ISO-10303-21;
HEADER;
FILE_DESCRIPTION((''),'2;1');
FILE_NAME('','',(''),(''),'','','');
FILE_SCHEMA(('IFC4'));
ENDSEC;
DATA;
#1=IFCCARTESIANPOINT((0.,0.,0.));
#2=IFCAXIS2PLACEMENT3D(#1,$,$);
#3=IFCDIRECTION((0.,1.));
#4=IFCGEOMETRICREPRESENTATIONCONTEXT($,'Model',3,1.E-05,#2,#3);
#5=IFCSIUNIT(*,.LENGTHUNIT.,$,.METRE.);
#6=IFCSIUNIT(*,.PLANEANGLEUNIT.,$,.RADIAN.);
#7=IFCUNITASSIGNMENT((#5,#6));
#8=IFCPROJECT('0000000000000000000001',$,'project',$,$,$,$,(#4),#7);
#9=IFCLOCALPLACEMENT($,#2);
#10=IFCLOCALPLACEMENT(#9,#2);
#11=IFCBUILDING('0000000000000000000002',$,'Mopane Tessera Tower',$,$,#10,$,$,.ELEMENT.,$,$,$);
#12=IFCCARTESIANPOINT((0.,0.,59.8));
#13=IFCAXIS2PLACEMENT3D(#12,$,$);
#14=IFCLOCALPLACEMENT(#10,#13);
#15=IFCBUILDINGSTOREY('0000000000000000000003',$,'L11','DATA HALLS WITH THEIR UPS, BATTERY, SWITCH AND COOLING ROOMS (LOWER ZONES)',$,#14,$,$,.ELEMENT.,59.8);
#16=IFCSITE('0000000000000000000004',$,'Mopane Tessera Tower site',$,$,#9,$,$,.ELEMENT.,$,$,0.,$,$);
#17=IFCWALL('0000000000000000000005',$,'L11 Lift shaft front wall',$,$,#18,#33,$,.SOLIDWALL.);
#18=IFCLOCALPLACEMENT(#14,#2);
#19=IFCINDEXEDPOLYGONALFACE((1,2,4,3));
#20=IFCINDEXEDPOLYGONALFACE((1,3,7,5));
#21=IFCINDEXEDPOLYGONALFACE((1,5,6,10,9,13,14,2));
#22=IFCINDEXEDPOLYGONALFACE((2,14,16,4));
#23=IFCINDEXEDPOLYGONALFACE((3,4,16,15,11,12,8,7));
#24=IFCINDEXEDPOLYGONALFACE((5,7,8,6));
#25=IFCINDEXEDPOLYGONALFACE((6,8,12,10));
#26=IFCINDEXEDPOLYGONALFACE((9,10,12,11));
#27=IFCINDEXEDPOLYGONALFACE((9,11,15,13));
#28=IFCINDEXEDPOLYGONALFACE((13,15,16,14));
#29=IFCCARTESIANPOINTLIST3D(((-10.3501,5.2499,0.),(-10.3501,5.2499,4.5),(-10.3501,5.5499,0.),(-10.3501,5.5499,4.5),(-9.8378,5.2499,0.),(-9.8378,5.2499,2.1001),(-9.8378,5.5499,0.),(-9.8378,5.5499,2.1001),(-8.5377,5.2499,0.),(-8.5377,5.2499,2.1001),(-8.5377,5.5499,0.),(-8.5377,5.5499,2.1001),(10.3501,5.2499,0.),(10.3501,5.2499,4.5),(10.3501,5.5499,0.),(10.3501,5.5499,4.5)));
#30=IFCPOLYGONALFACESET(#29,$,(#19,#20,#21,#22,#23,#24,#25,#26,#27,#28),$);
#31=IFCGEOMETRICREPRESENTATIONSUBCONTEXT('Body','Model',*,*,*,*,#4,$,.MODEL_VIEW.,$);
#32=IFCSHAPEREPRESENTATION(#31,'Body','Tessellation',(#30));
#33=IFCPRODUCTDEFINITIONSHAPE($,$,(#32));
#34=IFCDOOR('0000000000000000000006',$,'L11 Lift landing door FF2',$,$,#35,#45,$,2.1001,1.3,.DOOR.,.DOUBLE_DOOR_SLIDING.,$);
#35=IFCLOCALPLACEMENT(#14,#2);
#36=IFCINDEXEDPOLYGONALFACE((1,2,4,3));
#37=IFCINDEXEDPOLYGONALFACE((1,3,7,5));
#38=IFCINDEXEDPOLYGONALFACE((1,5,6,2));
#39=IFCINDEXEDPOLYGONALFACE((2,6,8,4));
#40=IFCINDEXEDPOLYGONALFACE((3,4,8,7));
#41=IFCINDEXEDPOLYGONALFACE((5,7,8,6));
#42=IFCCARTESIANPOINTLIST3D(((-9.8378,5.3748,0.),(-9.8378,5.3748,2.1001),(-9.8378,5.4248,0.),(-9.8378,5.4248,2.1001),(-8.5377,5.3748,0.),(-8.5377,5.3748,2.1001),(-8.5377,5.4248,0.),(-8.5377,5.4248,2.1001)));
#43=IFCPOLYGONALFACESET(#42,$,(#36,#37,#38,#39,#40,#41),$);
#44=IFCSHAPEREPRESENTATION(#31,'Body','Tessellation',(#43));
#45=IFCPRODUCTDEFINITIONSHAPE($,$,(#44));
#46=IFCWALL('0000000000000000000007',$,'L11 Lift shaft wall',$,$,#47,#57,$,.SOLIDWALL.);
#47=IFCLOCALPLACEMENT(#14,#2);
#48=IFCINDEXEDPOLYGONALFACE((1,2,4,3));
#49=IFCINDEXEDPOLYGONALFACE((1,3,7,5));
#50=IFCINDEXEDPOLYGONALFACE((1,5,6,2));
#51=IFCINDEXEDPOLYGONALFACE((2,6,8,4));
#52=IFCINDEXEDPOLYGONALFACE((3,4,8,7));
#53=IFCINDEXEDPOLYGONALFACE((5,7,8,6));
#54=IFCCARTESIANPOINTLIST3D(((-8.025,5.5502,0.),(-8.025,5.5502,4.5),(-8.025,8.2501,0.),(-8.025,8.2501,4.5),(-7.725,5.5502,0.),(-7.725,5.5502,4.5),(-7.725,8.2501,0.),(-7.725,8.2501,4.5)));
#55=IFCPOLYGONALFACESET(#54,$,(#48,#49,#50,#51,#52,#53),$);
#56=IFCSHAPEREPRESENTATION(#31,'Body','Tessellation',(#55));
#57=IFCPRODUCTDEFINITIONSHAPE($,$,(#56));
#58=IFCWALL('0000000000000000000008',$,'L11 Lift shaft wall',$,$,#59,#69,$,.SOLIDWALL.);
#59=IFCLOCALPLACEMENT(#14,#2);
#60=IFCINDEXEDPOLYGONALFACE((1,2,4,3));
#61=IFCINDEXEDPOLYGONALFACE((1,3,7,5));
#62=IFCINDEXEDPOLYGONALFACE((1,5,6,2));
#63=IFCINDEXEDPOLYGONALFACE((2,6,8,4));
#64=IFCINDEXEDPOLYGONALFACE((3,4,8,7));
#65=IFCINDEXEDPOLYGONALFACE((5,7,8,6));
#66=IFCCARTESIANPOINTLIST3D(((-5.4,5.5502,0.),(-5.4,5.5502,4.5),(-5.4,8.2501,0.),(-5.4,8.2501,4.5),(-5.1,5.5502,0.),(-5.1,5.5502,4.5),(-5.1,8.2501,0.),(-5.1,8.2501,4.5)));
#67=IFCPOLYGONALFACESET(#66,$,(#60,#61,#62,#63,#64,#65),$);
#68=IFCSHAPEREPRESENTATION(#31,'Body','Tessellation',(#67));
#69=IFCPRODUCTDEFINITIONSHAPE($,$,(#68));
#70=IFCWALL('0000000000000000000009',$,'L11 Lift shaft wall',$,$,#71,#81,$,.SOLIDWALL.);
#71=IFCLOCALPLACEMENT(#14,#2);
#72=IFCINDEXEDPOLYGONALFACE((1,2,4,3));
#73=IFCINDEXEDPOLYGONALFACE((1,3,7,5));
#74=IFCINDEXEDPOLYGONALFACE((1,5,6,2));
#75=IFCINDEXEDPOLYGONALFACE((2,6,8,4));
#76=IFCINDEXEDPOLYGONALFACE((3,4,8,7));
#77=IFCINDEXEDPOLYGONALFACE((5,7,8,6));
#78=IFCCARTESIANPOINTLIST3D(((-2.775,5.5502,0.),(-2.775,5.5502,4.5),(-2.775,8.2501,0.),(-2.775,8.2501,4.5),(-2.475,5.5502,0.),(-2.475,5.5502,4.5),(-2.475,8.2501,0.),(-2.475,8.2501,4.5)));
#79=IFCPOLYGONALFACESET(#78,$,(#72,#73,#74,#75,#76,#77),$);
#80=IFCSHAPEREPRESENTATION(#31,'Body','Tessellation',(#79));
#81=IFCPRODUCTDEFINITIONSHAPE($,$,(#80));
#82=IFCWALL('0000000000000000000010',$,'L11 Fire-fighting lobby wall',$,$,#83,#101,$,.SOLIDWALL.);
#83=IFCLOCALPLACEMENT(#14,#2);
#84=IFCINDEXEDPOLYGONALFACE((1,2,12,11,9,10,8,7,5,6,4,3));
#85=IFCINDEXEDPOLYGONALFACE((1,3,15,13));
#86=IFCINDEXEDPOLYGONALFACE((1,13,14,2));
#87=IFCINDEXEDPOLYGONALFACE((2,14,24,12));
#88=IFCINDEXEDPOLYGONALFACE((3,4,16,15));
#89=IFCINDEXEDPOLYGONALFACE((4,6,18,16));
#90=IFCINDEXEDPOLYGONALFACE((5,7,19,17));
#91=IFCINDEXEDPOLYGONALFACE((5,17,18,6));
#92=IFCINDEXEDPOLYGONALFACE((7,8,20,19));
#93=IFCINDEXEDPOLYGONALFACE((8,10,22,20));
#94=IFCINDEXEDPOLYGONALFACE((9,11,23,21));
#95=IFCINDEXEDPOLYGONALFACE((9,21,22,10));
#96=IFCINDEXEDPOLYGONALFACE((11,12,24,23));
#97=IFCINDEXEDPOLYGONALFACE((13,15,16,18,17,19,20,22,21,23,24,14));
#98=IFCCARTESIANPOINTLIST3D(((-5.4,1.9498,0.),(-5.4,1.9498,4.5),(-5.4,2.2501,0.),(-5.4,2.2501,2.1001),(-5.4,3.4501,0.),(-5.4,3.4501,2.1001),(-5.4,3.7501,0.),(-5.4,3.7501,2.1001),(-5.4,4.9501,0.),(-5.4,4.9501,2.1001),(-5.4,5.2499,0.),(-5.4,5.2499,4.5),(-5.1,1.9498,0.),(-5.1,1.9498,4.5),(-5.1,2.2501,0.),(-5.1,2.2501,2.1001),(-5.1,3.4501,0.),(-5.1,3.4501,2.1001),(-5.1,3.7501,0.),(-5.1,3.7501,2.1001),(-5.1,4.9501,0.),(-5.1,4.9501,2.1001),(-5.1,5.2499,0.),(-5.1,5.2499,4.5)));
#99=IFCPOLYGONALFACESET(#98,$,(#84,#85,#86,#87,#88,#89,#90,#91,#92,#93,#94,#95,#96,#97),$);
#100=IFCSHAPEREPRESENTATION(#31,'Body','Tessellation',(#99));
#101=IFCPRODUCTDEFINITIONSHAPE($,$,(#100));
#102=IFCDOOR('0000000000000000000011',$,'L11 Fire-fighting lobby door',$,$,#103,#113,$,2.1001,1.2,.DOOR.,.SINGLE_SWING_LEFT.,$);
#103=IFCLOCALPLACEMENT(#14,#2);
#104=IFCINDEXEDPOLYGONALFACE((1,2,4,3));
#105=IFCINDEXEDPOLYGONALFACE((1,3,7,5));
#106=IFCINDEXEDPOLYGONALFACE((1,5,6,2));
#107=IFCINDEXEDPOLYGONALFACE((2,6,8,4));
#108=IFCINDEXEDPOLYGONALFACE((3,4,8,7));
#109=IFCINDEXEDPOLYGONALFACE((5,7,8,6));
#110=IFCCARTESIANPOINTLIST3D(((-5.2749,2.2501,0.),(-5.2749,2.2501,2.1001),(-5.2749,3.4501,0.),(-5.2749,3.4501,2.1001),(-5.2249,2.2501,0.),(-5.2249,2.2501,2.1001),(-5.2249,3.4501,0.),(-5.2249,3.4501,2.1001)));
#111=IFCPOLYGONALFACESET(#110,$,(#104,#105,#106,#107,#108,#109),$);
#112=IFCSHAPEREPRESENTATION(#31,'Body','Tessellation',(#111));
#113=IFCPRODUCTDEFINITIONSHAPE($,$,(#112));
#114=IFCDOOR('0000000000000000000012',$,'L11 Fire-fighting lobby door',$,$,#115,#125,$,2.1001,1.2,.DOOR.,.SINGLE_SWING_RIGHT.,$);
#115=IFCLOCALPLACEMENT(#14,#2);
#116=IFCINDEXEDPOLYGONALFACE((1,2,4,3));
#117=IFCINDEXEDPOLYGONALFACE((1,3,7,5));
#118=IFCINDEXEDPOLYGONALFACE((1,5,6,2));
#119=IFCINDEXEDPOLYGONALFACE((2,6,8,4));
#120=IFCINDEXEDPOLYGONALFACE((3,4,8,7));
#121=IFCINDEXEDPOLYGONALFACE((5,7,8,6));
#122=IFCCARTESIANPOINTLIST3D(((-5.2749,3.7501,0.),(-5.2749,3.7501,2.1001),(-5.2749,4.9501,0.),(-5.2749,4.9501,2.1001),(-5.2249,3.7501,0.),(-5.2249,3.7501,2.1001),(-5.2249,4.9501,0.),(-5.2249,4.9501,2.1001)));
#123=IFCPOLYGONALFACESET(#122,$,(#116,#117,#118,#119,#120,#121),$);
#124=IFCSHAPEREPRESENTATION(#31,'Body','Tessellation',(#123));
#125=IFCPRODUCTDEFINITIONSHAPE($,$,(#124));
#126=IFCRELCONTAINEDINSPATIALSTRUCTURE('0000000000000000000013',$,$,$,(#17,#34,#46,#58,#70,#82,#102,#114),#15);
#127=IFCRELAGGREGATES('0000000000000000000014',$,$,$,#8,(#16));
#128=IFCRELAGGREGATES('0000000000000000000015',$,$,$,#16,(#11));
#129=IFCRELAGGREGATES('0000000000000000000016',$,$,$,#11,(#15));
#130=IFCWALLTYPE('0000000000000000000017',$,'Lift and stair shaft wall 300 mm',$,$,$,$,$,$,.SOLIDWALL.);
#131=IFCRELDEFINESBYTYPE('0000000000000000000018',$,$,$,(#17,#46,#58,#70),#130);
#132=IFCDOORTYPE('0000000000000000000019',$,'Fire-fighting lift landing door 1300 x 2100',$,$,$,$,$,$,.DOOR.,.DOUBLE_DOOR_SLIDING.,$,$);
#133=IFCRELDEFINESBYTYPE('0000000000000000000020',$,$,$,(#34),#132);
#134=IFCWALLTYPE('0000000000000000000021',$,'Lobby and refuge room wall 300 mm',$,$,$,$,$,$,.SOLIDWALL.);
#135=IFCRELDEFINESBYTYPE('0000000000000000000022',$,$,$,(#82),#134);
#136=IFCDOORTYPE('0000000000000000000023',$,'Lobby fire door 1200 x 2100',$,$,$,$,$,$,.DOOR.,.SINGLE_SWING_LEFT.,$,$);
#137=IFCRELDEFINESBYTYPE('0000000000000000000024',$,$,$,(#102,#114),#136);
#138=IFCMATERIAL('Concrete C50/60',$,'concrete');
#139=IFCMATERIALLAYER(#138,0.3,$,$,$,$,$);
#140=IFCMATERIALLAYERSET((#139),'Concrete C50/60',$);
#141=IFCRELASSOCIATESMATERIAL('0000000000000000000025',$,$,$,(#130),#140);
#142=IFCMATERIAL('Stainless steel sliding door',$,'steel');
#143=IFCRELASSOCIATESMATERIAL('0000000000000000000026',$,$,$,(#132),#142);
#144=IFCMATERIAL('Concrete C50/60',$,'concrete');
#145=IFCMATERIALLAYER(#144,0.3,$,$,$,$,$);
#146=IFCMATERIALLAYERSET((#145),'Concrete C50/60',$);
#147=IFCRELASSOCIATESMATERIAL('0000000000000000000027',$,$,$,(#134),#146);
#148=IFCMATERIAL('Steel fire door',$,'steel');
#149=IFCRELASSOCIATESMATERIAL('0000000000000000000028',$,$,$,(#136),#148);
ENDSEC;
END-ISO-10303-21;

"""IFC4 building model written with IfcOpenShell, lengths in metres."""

from ifc_helpers import new_model, si_unit, direction, frame, frame_2d, origin, place, context, subcontext, project, spatial, rectangle, extrude, material, layer, layer_set, type_object, element, fill, save


model = new_model("IFC4")

# Units and contexts
model_context = context("Model", 3, precision=1e-05, world=origin(), true_north=direction((0.0, 1.0)))
body_context = subcontext(model_context, "Body", "Model", "MODEL_VIEW")
ifc_project = project(units=[si_unit("LENGTHUNIT", "METRE"), si_unit("PLANEANGLEUNIT", "RADIAN")], contexts=[model_context])

# Site, building, storey
site_placement = place(None, origin())
site = spatial("IfcSite", under=ifc_project, at=site_placement, Name="Mopane Tessera Tower site", CompositionType="ELEMENT", RefElevation=0.0)
building_placement = place(site_placement, origin())
building = spatial("IfcBuilding", under=site, at=building_placement, Name="Mopane Tessera Tower", CompositionType="ELEMENT")
storey_placement = place(building_placement, frame((0.0, 0.0, 59.8)))
storey = spatial("IfcBuildingStorey", under=building, at=storey_placement, Name="L11", Description="DATA HALLS WITH THEIR UPS, BATTERY, SWITCH AND COOLING ROOMS (LOWER ZONES)", CompositionType="ELEMENT", Elevation=59.8)

# Shared definitions
ifc_material_1 = material(Name="Concrete C50/60", Category="concrete")
ifc_layer_1 = layer(ifc_material_1, 0.3)
ifc_layer_set_1 = layer_set([ifc_layer_1], Name="Concrete C50/60")
wall_type_1 = type_object("IfcWallType", Name="Lift and stair shaft wall 300 mm", PredefinedType="SOLIDWALL", material=ifc_layer_set_1)

# Shared definitions
ifc_material_2 = material(Name="Stainless steel sliding door", Category="steel")
door_type_1 = type_object("IfcDoorType", Name="Fire-fighting lift landing door 1300 x 2100", OperationType="DOUBLE_DOOR_SLIDING", PredefinedType="DOOR", material=ifc_material_2)

# Wall, opening, door
wall_1_placement = place(storey_placement, frame((-10.3501, 5.3999, 0.0), z_axis=(0.0, 0.0, 1.0), x_axis=(1.0, 0.0, 0.0)))
wall_1 = element("IfcWall", 1, at=wall_1_placement, inside=storey, type_object=wall_type_1, Name="L11 Lift shaft front wall", PredefinedType="SOLIDWALL", context=body_context, shape_type="SweptSolid", body=[
    extrude(rectangle(XDim=20.7002, YDim=0.3, at=frame_2d((10.3501, 0.0))), origin(), (0.0, 0.0, 1.0), 4.5),
])
opening_1_placement = place(wall_1_placement, frame((0.5125, 0.0, 0.0)))
opening_1 = element("IfcOpeningElement", 2, at=opening_1_placement, cuts=wall_1, PredefinedType="OPENING", context=body_context, shape_type="SweptSolid", body=[
    extrude(rectangle(XDim=1.3, YDim=2.1001, at=frame_2d((0.6499, 1.05))), frame((0.0, 0.1621, 0.0), z_axis=(0.0, -1.0, 0.0), x_axis=(1.0, 0.0, 0.0)), (0.0, 0.0, 1.0), 0.324),
])
door_1_placement = place(opening_1_placement, origin())
door_1 = element("IfcDoor", 3, at=door_1_placement, inside=storey, type_object=door_type_1, Name="L11 Lift landing door FF2", OperationType="DOUBLE_DOOR_SLIDING", OverallHeight=2.1001, OverallWidth=1.3, PredefinedType="DOOR", context=body_context, shape_type="SweptSolid", body=[
    extrude(rectangle(XDim=1.3, YDim=2.1001, at=frame_2d((0.6499, 1.05))), frame((0.0, 0.0249, 0.0), z_axis=(0.0, -1.0, 0.0), x_axis=(1.0, 0.0, 0.0)), (0.0, 0.0, 1.0), 0.05),
])
fill(opening_1, door_1)

# Walls
for number, where, z_axis, x_axis, name in (
    (4, (-7.875, 5.55, 0.0), (0.0, 0.0, 1.0), (0.0, 1.0, 0.0), "L11 Lift shaft wall"),
    (5, (-5.25, 5.55, 0.0), (0.0, 0.0, 1.0), (0.0, 1.0, 0.0), "L11 Lift shaft wall"),
    (6, (-2.625, 5.55, 0.0), (0.0, 0.0, 1.0), (0.0, 1.0, 0.0), "L11 Lift shaft wall"),
):
    element("IfcWall", number, at=place(storey_placement, frame(where, z_axis=z_axis, x_axis=x_axis)), inside=storey, type_object=wall_type_1, Name=name, PredefinedType="SOLIDWALL", context=body_context, shape_type="SweptSolid", body=[
        extrude(rectangle(XDim=2.7, YDim=0.3, at=frame_2d((1.3501, 0.0))), origin(), (0.0, 0.0, 1.0), 4.5),
    ])

# Wall, openings, doors
ifc_material_3 = material(Name="Concrete C50/60", Category="concrete")
ifc_layer_2 = layer(ifc_material_3, 0.3)
ifc_layer_set_2 = layer_set([ifc_layer_2], Name="Concrete C50/60")
wall_type_2 = type_object("IfcWallType", Name="Lobby and refuge room wall 300 mm", PredefinedType="SOLIDWALL", material=ifc_layer_set_2)
wall_2_placement = place(storey_placement, frame((-5.25, 1.95, 0.0), z_axis=(0.0, 0.0, 1.0), x_axis=(0.0, 1.0, 0.0)))
wall_2 = element("IfcWall", 7, at=wall_2_placement, inside=storey, type_object=wall_type_2, Name="L11 Fire-fighting lobby wall", PredefinedType="SOLIDWALL", context=body_context, shape_type="SweptSolid", body=[
    extrude(rectangle(XDim=3.3, YDim=0.3, at=frame_2d((1.6499, 0.0))), origin(), (0.0, 0.0, 1.0), 4.5),
])
opening_2_placement = place(wall_2_placement, frame((0.3, 0.0, 0.0)))
opening_2 = element("IfcOpeningElement", 8, at=opening_2_placement, cuts=wall_2, PredefinedType="OPENING", context=body_context, shape_type="SweptSolid", body=[
    extrude(rectangle(XDim=1.2, YDim=2.1001, at=frame_2d((0.6001, 1.05))), frame((0.0, 0.1621, 0.0), z_axis=(0.0, -1.0, 0.0), x_axis=(1.0, 0.0, 0.0)), (0.0, 0.0, 1.0), 0.324),
])
opening_3_placement = place(wall_2_placement, frame((1.8, 0.0, 0.0)))
opening_3 = element("IfcOpeningElement", 9, at=opening_3_placement, cuts=wall_2, PredefinedType="OPENING", context=body_context, shape_type="SweptSolid", body=[
    extrude(rectangle(XDim=1.2, YDim=2.1001, at=frame_2d((0.6001, 1.05))), frame((0.0, 0.1621, 0.0), z_axis=(0.0, -1.0, 0.0), x_axis=(1.0, 0.0, 0.0)), (0.0, 0.0, 1.0), 0.324),
])
ifc_material_4 = material(Name="Steel fire door", Category="steel")
door_type_2 = type_object("IfcDoorType", Name="Lobby fire door 1200 x 2100", OperationType="SINGLE_SWING_LEFT", PredefinedType="DOOR", material=ifc_material_4)
door_2_placement = place(opening_2_placement, origin())
door_2 = element("IfcDoor", 10, at=door_2_placement, inside=storey, type_object=door_type_2, Name="L11 Fire-fighting lobby door", OperationType="SINGLE_SWING_LEFT", OverallHeight=2.1001, OverallWidth=1.2, PredefinedType="DOOR", context=body_context, shape_type="SweptSolid", body=[
    extrude(rectangle(XDim=1.2, YDim=2.1001, at=frame_2d((0.6001, 1.05))), frame((0.0, 0.0249, 0.0), z_axis=(0.0, -1.0, 0.0), x_axis=(1.0, 0.0, 0.0)), (0.0, 0.0, 1.0), 0.05),
])
fill(opening_2, door_2)
door_3_placement = place(opening_3_placement, origin())
door_3 = element("IfcDoor", 11, at=door_3_placement, inside=storey, type_object=door_type_2, Name="L11 Fire-fighting lobby door", OperationType="SINGLE_SWING_RIGHT", OverallHeight=2.1001, OverallWidth=1.2, PredefinedType="DOOR", context=body_context, shape_type="SweptSolid", body=[
    extrude(rectangle(XDim=1.2, YDim=2.1001, at=frame_2d((0.6001, 1.05))), frame((0.0, 0.0249, 0.0), z_axis=(0.0, -1.0, 0.0), x_axis=(1.0, 0.0, 0.0)), (0.0, 0.0, 1.0), 0.05),
])
fill(opening_3, door_3)

save(model, "model.ifc")
